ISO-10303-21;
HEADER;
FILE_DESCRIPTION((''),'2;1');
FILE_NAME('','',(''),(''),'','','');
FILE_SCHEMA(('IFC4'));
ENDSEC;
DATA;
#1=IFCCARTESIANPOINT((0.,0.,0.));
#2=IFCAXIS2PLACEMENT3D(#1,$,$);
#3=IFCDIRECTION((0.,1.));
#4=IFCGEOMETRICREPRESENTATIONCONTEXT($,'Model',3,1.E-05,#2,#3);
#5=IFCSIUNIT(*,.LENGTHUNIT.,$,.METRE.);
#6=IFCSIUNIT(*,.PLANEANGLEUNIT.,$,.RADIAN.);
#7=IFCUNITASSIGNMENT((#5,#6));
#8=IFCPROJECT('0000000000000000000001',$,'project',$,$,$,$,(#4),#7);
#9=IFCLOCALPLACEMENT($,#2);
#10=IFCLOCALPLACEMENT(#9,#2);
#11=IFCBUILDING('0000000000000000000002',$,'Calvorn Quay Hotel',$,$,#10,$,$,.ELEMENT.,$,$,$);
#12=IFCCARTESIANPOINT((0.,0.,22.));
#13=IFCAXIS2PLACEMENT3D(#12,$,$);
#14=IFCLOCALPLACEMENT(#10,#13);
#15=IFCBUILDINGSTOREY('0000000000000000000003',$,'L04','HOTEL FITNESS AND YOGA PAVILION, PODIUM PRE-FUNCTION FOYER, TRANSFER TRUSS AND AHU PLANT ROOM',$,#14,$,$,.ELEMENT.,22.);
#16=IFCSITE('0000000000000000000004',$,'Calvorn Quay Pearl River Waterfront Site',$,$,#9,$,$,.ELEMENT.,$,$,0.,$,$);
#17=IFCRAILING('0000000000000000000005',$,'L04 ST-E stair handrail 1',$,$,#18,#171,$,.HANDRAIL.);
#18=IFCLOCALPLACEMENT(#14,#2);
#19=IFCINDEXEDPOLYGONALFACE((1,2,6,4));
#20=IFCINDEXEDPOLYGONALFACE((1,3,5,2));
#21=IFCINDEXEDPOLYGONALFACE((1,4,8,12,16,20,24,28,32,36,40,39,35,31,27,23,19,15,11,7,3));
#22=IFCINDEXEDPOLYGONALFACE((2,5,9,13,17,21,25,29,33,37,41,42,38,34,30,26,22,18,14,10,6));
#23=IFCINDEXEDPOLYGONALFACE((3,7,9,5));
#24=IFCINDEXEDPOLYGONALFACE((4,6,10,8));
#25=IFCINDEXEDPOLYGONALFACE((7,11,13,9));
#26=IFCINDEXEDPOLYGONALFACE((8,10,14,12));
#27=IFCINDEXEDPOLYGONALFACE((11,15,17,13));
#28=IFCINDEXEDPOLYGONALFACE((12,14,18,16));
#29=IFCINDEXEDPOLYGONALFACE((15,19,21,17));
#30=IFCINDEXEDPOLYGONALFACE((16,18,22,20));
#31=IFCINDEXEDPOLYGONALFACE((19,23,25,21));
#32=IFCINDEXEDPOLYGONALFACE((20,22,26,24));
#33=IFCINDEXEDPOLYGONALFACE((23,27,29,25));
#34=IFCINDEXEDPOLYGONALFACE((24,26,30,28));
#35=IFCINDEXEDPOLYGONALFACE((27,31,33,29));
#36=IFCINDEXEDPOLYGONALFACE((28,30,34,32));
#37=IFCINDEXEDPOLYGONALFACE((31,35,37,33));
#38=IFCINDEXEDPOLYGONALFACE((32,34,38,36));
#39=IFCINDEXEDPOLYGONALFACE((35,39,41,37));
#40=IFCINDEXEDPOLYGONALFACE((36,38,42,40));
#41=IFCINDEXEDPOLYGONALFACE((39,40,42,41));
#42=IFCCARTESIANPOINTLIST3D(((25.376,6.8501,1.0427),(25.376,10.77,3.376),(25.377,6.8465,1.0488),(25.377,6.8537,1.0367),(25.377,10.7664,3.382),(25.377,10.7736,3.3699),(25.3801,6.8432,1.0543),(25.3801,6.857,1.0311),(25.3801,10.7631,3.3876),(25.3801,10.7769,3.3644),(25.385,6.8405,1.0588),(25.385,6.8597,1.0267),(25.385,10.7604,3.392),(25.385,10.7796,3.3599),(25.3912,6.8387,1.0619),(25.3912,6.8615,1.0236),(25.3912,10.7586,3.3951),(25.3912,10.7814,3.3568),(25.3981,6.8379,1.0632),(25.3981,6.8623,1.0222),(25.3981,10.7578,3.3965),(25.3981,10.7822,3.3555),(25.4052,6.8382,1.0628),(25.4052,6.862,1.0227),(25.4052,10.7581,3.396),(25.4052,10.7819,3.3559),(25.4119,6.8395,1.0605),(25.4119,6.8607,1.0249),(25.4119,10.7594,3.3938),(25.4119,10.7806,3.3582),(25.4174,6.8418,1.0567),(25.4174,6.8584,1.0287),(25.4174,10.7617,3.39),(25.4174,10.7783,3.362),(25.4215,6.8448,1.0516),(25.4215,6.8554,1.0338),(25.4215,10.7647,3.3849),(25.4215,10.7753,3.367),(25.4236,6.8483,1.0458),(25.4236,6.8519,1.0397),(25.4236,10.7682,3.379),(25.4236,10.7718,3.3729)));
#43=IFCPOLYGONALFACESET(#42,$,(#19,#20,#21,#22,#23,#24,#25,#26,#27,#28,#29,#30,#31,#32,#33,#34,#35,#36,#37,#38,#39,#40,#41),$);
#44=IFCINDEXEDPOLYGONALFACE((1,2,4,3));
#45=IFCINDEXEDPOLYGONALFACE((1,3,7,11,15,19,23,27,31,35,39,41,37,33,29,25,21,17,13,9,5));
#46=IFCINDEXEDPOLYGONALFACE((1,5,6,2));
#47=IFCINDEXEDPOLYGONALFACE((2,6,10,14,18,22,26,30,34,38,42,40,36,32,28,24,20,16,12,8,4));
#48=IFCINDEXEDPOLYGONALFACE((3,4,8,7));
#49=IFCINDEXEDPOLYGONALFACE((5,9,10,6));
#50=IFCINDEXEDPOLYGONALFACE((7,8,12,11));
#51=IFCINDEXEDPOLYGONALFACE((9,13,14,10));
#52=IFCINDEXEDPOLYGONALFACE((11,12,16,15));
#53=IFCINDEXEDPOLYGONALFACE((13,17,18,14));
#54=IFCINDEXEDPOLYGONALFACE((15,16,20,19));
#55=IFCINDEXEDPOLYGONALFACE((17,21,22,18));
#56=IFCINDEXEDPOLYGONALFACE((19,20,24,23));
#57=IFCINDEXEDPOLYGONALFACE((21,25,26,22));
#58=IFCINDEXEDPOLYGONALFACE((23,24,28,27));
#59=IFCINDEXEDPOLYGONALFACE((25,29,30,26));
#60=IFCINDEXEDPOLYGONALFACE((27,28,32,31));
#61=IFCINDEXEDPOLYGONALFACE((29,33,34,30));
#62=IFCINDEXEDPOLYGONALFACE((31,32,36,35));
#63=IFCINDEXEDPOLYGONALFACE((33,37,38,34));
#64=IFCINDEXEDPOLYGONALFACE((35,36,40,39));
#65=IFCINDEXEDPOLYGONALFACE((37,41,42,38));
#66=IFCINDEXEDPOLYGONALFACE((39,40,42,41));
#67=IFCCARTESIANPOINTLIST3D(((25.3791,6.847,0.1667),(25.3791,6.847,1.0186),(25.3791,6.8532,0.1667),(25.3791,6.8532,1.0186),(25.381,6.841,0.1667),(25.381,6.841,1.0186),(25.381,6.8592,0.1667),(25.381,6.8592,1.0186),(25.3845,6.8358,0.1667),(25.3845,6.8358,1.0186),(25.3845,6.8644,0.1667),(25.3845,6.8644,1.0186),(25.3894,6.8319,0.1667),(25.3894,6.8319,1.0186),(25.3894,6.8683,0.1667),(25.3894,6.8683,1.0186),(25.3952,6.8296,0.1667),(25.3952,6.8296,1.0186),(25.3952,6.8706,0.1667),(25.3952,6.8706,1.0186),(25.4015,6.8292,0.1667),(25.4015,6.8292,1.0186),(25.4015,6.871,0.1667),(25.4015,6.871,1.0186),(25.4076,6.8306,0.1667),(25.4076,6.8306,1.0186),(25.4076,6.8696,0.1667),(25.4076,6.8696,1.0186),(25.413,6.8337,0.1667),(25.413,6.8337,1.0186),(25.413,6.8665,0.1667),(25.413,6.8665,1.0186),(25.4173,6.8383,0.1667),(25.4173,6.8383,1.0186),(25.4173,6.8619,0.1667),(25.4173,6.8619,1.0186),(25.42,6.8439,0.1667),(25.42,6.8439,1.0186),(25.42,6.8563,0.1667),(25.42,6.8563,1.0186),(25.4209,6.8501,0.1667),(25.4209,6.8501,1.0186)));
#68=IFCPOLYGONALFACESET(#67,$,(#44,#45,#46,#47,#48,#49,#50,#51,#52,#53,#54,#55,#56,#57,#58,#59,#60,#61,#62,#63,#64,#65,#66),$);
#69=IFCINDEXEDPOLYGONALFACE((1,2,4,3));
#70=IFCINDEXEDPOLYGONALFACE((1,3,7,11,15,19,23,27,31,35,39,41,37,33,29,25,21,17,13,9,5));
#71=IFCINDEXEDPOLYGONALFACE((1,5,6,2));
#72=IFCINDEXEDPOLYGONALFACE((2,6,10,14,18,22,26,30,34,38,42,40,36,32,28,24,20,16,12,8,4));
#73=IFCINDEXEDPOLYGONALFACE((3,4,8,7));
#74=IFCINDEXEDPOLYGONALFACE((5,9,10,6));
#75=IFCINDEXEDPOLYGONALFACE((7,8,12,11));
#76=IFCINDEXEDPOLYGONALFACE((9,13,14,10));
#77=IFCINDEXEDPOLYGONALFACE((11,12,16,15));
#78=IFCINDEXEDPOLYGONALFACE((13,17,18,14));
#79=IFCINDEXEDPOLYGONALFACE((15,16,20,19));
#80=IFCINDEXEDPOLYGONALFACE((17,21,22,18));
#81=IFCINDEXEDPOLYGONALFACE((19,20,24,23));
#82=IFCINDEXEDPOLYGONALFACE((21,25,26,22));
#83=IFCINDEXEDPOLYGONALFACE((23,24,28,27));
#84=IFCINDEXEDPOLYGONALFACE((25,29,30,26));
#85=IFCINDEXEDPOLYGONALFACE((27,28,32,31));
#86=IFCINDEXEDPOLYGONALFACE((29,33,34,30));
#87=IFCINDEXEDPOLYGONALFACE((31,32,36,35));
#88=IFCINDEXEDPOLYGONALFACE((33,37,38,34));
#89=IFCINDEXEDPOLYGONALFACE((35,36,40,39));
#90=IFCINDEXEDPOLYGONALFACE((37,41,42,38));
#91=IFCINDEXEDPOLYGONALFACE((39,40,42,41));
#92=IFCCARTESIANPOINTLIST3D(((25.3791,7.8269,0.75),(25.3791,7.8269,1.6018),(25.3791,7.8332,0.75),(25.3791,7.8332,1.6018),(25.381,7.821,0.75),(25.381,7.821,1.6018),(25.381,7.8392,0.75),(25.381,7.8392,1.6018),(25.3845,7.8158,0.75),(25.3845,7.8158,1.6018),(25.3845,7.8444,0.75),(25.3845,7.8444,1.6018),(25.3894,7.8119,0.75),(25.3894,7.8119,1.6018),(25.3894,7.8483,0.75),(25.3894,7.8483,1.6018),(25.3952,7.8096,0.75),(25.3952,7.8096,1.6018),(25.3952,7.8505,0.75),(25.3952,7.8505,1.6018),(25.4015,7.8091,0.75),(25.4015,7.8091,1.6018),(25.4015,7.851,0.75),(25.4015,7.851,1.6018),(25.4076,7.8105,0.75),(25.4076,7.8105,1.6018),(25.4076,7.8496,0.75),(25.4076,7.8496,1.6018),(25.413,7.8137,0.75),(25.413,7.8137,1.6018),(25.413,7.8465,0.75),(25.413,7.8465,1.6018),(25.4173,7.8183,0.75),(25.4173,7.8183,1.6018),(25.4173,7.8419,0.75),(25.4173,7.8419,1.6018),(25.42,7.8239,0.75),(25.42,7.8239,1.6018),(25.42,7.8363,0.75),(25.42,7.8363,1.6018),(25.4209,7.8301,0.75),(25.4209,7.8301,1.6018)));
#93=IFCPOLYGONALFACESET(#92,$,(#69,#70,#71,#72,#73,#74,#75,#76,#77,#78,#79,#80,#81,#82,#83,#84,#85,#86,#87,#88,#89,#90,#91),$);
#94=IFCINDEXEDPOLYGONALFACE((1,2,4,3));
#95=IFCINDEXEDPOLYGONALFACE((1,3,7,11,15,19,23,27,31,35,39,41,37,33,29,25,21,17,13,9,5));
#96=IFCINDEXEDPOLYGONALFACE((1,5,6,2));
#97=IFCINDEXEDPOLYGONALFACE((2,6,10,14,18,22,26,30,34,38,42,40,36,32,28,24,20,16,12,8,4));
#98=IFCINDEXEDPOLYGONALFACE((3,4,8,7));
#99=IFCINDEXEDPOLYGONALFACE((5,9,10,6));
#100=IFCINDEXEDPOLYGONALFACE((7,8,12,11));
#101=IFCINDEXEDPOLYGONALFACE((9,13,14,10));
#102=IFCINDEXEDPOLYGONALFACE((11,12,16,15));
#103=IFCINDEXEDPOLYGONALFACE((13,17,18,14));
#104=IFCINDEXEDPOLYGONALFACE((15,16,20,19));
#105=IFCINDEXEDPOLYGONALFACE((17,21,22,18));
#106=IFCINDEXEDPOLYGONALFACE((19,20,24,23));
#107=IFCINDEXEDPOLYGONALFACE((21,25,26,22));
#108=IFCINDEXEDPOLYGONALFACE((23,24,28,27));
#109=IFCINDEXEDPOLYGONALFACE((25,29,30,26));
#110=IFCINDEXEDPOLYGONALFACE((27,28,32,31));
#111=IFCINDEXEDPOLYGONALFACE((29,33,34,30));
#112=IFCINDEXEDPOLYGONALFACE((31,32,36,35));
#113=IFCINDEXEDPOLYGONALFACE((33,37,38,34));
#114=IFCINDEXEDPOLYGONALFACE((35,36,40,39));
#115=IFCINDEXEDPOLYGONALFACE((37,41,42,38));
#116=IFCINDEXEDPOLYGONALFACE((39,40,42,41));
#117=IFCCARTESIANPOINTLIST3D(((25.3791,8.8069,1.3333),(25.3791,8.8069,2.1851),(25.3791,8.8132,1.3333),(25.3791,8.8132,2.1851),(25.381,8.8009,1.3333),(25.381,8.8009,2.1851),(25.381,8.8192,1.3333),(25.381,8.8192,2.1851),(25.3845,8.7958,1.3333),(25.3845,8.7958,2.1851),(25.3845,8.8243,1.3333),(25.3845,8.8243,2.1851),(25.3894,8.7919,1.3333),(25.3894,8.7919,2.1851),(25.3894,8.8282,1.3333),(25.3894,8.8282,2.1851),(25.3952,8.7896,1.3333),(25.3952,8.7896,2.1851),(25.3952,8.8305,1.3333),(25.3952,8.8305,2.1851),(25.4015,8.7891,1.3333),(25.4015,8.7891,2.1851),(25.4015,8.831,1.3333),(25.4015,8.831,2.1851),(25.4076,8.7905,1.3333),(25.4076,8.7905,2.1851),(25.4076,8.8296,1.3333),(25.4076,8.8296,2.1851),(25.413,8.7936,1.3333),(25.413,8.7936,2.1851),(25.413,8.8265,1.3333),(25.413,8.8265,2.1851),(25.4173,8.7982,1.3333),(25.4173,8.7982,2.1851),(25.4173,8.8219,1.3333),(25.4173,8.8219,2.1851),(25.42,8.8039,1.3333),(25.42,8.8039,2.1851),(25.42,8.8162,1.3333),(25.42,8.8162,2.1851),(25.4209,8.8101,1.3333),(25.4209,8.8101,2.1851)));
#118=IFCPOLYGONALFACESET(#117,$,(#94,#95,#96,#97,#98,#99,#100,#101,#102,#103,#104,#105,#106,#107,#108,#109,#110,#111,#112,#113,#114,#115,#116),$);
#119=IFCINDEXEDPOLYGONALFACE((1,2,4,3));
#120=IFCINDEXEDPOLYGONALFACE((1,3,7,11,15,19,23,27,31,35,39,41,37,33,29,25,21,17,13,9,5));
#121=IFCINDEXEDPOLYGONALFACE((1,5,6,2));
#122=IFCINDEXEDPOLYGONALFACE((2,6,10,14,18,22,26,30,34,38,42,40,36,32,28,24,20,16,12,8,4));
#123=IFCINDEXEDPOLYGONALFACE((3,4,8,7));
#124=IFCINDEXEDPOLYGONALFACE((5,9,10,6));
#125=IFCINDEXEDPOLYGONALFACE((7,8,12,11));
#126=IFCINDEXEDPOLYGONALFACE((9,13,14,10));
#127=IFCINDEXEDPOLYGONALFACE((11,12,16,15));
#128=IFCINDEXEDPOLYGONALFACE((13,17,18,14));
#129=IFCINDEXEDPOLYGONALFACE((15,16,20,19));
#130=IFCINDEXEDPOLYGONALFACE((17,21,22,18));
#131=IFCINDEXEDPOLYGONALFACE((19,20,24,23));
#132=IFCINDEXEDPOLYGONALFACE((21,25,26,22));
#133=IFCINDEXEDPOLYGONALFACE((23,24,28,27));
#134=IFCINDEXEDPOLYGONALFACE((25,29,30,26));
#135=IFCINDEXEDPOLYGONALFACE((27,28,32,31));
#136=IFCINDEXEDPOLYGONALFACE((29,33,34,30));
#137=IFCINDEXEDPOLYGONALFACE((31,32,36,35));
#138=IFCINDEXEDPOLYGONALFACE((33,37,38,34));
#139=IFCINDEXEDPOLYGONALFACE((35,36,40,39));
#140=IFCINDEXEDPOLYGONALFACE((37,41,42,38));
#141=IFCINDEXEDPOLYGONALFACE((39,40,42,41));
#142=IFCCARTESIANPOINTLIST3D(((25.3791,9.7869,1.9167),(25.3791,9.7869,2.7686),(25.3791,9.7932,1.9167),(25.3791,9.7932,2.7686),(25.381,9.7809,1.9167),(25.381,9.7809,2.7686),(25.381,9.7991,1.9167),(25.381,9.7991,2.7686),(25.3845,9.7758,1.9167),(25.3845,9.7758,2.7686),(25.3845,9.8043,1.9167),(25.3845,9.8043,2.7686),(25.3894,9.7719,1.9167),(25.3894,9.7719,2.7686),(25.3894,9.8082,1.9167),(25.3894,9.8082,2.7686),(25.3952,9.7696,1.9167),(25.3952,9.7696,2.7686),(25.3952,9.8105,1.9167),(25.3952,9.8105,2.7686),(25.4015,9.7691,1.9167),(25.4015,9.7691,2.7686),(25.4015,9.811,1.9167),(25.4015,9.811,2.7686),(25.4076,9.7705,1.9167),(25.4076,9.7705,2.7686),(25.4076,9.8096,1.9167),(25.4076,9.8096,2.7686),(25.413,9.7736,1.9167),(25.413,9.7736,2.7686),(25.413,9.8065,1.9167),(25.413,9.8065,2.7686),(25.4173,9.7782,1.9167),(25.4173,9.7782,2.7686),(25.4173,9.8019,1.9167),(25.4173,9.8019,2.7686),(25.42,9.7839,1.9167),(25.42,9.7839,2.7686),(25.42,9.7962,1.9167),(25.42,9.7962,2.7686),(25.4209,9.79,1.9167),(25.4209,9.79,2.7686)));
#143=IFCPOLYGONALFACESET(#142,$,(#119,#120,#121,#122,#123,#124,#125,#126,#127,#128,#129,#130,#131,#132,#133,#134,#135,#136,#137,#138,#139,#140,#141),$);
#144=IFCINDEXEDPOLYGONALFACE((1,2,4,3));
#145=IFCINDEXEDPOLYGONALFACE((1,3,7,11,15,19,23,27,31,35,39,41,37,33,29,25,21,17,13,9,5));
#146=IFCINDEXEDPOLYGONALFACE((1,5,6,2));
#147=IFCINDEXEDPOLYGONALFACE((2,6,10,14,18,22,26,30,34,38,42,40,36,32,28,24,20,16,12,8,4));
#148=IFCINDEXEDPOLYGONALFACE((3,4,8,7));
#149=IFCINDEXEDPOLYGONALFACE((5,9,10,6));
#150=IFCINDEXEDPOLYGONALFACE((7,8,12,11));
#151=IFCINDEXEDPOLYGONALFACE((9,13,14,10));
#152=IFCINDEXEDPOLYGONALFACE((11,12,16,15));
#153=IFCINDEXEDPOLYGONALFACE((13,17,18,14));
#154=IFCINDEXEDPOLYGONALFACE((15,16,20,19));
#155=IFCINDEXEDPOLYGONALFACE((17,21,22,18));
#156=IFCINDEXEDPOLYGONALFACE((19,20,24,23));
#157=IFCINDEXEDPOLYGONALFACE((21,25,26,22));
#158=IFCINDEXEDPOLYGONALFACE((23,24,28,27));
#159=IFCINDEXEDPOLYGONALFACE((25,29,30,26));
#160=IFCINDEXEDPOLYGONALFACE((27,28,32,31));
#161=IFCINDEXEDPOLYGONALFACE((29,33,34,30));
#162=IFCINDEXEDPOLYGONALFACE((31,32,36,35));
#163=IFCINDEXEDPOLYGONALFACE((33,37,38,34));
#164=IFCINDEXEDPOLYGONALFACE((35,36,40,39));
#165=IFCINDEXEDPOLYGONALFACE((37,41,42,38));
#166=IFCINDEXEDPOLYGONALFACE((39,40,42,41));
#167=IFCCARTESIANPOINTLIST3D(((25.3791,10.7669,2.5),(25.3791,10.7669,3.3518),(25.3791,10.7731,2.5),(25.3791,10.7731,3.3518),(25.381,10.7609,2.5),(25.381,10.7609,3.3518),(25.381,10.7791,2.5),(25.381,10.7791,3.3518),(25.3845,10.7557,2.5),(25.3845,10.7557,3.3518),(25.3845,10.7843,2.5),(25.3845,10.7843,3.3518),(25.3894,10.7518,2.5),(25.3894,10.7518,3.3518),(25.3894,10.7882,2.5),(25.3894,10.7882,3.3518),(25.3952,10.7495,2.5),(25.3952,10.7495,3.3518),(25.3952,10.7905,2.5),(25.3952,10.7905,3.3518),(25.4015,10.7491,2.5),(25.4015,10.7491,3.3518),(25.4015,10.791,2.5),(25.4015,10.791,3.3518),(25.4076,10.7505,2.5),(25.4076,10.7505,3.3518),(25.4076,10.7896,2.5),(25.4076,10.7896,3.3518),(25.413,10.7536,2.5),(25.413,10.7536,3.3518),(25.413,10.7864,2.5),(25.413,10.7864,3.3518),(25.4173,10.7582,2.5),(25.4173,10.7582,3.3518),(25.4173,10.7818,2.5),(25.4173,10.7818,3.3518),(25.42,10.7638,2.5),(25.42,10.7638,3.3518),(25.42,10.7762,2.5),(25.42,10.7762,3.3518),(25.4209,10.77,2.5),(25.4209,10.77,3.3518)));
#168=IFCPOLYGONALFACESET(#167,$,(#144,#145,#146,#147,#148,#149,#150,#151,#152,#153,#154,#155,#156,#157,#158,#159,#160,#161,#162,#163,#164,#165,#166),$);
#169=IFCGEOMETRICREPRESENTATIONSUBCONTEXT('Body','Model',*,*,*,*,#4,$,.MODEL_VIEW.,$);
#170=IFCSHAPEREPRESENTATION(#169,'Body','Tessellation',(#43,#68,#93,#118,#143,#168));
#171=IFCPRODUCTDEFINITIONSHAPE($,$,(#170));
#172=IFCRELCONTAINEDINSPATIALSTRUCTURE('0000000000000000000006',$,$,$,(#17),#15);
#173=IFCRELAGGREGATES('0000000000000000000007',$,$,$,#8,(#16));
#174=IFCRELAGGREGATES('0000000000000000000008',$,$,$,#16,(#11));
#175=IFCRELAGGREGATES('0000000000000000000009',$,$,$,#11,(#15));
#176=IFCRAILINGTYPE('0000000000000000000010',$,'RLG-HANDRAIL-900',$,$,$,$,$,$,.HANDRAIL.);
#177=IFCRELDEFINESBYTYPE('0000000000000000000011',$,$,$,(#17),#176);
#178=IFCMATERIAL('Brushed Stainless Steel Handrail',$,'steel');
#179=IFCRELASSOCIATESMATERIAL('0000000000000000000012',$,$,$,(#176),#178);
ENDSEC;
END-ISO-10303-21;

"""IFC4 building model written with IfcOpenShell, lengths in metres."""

from ifc_helpers import new_model, si_unit, direction, frame, origin, origin_2d, place, context, subcontext, project, spatial, circle, extrude, material, type_object, element, save


model = new_model("IFC4")

# Units and contexts
model_context = context("Model", 3, precision=1e-05, world=origin(), true_north=direction((0.0, 1.0)))
body_context = subcontext(model_context, "Body", "Model", "MODEL_VIEW")
ifc_project = project(units=[si_unit("LENGTHUNIT", "METRE"), si_unit("PLANEANGLEUNIT", "RADIAN")], contexts=[model_context])

# Site, building, storey
site_placement = place(None, origin())
site = spatial("IfcSite", under=ifc_project, at=site_placement, Name="Calvorn Quay Pearl River Waterfront Site", CompositionType="ELEMENT", RefElevation=0.0)
building_placement = place(site_placement, origin())
building = spatial("IfcBuilding", under=site, at=building_placement, Name="Calvorn Quay Hotel", CompositionType="ELEMENT")
storey_placement = place(building_placement, frame((0.0, 0.0, 22.0)))
storey = spatial("IfcBuildingStorey", under=building, at=storey_placement, Name="L04", Description="HOTEL FITNESS AND YOGA PAVILION, PODIUM PRE-FUNCTION FOYER, TRANSFER TRUSS AND AHU PLANT ROOM", CompositionType="ELEMENT", Elevation=22.0)

# Railing
ifc_material_1 = material(Name="Brushed Stainless Steel Handrail", Category="steel")
railing_type_1 = type_object("IfcRailingType", Name="RLG-HANDRAIL-900", PredefinedType="HANDRAIL", material=ifc_material_1)
railing_1_placement = place(storey_placement, frame((25.3999, 6.8501, 0.1667)))
element("IfcRailing", 1, at=railing_1_placement, inside=storey, type_object=railing_type_1, Name="L04 ST-E stair handrail 1", PredefinedType="HANDRAIL", context=body_context, shape_type="SweptSolid", body=[
    extrude(circle(Radius=0.0239, at=origin_2d()), frame((0.0, 0.0, 0.876), z_axis=(0.0, 0.859296, 0.511478), x_axis=(-1.0, 0.0, 0.0)), (0.0, 0.0, 1.0), 4.5618),
    extrude(circle(Radius=0.021, at=origin_2d()), origin(), (0.0, 0.0, 1.0), 0.8518),
    extrude(circle(Radius=0.021, at=origin_2d()), frame((0.0, 0.98, 0.5833)), (0.0, 0.0, 1.0), 0.8518),
    extrude(circle(Radius=0.021, at=origin_2d()), frame((0.0, 1.96, 1.1665)), (0.0, 0.0, 1.0), 0.8518),
    extrude(circle(Radius=0.021, at=origin_2d()), frame((0.0, 2.9399, 1.75)), (0.0, 0.0, 1.0), 0.8518),
    extrude(circle(Radius=0.021, at=origin_2d()), frame((0.0, 3.9199, 2.3333)), (0.0, 0.0, 1.0), 0.8518),
])

save(model, "model.ifc")
